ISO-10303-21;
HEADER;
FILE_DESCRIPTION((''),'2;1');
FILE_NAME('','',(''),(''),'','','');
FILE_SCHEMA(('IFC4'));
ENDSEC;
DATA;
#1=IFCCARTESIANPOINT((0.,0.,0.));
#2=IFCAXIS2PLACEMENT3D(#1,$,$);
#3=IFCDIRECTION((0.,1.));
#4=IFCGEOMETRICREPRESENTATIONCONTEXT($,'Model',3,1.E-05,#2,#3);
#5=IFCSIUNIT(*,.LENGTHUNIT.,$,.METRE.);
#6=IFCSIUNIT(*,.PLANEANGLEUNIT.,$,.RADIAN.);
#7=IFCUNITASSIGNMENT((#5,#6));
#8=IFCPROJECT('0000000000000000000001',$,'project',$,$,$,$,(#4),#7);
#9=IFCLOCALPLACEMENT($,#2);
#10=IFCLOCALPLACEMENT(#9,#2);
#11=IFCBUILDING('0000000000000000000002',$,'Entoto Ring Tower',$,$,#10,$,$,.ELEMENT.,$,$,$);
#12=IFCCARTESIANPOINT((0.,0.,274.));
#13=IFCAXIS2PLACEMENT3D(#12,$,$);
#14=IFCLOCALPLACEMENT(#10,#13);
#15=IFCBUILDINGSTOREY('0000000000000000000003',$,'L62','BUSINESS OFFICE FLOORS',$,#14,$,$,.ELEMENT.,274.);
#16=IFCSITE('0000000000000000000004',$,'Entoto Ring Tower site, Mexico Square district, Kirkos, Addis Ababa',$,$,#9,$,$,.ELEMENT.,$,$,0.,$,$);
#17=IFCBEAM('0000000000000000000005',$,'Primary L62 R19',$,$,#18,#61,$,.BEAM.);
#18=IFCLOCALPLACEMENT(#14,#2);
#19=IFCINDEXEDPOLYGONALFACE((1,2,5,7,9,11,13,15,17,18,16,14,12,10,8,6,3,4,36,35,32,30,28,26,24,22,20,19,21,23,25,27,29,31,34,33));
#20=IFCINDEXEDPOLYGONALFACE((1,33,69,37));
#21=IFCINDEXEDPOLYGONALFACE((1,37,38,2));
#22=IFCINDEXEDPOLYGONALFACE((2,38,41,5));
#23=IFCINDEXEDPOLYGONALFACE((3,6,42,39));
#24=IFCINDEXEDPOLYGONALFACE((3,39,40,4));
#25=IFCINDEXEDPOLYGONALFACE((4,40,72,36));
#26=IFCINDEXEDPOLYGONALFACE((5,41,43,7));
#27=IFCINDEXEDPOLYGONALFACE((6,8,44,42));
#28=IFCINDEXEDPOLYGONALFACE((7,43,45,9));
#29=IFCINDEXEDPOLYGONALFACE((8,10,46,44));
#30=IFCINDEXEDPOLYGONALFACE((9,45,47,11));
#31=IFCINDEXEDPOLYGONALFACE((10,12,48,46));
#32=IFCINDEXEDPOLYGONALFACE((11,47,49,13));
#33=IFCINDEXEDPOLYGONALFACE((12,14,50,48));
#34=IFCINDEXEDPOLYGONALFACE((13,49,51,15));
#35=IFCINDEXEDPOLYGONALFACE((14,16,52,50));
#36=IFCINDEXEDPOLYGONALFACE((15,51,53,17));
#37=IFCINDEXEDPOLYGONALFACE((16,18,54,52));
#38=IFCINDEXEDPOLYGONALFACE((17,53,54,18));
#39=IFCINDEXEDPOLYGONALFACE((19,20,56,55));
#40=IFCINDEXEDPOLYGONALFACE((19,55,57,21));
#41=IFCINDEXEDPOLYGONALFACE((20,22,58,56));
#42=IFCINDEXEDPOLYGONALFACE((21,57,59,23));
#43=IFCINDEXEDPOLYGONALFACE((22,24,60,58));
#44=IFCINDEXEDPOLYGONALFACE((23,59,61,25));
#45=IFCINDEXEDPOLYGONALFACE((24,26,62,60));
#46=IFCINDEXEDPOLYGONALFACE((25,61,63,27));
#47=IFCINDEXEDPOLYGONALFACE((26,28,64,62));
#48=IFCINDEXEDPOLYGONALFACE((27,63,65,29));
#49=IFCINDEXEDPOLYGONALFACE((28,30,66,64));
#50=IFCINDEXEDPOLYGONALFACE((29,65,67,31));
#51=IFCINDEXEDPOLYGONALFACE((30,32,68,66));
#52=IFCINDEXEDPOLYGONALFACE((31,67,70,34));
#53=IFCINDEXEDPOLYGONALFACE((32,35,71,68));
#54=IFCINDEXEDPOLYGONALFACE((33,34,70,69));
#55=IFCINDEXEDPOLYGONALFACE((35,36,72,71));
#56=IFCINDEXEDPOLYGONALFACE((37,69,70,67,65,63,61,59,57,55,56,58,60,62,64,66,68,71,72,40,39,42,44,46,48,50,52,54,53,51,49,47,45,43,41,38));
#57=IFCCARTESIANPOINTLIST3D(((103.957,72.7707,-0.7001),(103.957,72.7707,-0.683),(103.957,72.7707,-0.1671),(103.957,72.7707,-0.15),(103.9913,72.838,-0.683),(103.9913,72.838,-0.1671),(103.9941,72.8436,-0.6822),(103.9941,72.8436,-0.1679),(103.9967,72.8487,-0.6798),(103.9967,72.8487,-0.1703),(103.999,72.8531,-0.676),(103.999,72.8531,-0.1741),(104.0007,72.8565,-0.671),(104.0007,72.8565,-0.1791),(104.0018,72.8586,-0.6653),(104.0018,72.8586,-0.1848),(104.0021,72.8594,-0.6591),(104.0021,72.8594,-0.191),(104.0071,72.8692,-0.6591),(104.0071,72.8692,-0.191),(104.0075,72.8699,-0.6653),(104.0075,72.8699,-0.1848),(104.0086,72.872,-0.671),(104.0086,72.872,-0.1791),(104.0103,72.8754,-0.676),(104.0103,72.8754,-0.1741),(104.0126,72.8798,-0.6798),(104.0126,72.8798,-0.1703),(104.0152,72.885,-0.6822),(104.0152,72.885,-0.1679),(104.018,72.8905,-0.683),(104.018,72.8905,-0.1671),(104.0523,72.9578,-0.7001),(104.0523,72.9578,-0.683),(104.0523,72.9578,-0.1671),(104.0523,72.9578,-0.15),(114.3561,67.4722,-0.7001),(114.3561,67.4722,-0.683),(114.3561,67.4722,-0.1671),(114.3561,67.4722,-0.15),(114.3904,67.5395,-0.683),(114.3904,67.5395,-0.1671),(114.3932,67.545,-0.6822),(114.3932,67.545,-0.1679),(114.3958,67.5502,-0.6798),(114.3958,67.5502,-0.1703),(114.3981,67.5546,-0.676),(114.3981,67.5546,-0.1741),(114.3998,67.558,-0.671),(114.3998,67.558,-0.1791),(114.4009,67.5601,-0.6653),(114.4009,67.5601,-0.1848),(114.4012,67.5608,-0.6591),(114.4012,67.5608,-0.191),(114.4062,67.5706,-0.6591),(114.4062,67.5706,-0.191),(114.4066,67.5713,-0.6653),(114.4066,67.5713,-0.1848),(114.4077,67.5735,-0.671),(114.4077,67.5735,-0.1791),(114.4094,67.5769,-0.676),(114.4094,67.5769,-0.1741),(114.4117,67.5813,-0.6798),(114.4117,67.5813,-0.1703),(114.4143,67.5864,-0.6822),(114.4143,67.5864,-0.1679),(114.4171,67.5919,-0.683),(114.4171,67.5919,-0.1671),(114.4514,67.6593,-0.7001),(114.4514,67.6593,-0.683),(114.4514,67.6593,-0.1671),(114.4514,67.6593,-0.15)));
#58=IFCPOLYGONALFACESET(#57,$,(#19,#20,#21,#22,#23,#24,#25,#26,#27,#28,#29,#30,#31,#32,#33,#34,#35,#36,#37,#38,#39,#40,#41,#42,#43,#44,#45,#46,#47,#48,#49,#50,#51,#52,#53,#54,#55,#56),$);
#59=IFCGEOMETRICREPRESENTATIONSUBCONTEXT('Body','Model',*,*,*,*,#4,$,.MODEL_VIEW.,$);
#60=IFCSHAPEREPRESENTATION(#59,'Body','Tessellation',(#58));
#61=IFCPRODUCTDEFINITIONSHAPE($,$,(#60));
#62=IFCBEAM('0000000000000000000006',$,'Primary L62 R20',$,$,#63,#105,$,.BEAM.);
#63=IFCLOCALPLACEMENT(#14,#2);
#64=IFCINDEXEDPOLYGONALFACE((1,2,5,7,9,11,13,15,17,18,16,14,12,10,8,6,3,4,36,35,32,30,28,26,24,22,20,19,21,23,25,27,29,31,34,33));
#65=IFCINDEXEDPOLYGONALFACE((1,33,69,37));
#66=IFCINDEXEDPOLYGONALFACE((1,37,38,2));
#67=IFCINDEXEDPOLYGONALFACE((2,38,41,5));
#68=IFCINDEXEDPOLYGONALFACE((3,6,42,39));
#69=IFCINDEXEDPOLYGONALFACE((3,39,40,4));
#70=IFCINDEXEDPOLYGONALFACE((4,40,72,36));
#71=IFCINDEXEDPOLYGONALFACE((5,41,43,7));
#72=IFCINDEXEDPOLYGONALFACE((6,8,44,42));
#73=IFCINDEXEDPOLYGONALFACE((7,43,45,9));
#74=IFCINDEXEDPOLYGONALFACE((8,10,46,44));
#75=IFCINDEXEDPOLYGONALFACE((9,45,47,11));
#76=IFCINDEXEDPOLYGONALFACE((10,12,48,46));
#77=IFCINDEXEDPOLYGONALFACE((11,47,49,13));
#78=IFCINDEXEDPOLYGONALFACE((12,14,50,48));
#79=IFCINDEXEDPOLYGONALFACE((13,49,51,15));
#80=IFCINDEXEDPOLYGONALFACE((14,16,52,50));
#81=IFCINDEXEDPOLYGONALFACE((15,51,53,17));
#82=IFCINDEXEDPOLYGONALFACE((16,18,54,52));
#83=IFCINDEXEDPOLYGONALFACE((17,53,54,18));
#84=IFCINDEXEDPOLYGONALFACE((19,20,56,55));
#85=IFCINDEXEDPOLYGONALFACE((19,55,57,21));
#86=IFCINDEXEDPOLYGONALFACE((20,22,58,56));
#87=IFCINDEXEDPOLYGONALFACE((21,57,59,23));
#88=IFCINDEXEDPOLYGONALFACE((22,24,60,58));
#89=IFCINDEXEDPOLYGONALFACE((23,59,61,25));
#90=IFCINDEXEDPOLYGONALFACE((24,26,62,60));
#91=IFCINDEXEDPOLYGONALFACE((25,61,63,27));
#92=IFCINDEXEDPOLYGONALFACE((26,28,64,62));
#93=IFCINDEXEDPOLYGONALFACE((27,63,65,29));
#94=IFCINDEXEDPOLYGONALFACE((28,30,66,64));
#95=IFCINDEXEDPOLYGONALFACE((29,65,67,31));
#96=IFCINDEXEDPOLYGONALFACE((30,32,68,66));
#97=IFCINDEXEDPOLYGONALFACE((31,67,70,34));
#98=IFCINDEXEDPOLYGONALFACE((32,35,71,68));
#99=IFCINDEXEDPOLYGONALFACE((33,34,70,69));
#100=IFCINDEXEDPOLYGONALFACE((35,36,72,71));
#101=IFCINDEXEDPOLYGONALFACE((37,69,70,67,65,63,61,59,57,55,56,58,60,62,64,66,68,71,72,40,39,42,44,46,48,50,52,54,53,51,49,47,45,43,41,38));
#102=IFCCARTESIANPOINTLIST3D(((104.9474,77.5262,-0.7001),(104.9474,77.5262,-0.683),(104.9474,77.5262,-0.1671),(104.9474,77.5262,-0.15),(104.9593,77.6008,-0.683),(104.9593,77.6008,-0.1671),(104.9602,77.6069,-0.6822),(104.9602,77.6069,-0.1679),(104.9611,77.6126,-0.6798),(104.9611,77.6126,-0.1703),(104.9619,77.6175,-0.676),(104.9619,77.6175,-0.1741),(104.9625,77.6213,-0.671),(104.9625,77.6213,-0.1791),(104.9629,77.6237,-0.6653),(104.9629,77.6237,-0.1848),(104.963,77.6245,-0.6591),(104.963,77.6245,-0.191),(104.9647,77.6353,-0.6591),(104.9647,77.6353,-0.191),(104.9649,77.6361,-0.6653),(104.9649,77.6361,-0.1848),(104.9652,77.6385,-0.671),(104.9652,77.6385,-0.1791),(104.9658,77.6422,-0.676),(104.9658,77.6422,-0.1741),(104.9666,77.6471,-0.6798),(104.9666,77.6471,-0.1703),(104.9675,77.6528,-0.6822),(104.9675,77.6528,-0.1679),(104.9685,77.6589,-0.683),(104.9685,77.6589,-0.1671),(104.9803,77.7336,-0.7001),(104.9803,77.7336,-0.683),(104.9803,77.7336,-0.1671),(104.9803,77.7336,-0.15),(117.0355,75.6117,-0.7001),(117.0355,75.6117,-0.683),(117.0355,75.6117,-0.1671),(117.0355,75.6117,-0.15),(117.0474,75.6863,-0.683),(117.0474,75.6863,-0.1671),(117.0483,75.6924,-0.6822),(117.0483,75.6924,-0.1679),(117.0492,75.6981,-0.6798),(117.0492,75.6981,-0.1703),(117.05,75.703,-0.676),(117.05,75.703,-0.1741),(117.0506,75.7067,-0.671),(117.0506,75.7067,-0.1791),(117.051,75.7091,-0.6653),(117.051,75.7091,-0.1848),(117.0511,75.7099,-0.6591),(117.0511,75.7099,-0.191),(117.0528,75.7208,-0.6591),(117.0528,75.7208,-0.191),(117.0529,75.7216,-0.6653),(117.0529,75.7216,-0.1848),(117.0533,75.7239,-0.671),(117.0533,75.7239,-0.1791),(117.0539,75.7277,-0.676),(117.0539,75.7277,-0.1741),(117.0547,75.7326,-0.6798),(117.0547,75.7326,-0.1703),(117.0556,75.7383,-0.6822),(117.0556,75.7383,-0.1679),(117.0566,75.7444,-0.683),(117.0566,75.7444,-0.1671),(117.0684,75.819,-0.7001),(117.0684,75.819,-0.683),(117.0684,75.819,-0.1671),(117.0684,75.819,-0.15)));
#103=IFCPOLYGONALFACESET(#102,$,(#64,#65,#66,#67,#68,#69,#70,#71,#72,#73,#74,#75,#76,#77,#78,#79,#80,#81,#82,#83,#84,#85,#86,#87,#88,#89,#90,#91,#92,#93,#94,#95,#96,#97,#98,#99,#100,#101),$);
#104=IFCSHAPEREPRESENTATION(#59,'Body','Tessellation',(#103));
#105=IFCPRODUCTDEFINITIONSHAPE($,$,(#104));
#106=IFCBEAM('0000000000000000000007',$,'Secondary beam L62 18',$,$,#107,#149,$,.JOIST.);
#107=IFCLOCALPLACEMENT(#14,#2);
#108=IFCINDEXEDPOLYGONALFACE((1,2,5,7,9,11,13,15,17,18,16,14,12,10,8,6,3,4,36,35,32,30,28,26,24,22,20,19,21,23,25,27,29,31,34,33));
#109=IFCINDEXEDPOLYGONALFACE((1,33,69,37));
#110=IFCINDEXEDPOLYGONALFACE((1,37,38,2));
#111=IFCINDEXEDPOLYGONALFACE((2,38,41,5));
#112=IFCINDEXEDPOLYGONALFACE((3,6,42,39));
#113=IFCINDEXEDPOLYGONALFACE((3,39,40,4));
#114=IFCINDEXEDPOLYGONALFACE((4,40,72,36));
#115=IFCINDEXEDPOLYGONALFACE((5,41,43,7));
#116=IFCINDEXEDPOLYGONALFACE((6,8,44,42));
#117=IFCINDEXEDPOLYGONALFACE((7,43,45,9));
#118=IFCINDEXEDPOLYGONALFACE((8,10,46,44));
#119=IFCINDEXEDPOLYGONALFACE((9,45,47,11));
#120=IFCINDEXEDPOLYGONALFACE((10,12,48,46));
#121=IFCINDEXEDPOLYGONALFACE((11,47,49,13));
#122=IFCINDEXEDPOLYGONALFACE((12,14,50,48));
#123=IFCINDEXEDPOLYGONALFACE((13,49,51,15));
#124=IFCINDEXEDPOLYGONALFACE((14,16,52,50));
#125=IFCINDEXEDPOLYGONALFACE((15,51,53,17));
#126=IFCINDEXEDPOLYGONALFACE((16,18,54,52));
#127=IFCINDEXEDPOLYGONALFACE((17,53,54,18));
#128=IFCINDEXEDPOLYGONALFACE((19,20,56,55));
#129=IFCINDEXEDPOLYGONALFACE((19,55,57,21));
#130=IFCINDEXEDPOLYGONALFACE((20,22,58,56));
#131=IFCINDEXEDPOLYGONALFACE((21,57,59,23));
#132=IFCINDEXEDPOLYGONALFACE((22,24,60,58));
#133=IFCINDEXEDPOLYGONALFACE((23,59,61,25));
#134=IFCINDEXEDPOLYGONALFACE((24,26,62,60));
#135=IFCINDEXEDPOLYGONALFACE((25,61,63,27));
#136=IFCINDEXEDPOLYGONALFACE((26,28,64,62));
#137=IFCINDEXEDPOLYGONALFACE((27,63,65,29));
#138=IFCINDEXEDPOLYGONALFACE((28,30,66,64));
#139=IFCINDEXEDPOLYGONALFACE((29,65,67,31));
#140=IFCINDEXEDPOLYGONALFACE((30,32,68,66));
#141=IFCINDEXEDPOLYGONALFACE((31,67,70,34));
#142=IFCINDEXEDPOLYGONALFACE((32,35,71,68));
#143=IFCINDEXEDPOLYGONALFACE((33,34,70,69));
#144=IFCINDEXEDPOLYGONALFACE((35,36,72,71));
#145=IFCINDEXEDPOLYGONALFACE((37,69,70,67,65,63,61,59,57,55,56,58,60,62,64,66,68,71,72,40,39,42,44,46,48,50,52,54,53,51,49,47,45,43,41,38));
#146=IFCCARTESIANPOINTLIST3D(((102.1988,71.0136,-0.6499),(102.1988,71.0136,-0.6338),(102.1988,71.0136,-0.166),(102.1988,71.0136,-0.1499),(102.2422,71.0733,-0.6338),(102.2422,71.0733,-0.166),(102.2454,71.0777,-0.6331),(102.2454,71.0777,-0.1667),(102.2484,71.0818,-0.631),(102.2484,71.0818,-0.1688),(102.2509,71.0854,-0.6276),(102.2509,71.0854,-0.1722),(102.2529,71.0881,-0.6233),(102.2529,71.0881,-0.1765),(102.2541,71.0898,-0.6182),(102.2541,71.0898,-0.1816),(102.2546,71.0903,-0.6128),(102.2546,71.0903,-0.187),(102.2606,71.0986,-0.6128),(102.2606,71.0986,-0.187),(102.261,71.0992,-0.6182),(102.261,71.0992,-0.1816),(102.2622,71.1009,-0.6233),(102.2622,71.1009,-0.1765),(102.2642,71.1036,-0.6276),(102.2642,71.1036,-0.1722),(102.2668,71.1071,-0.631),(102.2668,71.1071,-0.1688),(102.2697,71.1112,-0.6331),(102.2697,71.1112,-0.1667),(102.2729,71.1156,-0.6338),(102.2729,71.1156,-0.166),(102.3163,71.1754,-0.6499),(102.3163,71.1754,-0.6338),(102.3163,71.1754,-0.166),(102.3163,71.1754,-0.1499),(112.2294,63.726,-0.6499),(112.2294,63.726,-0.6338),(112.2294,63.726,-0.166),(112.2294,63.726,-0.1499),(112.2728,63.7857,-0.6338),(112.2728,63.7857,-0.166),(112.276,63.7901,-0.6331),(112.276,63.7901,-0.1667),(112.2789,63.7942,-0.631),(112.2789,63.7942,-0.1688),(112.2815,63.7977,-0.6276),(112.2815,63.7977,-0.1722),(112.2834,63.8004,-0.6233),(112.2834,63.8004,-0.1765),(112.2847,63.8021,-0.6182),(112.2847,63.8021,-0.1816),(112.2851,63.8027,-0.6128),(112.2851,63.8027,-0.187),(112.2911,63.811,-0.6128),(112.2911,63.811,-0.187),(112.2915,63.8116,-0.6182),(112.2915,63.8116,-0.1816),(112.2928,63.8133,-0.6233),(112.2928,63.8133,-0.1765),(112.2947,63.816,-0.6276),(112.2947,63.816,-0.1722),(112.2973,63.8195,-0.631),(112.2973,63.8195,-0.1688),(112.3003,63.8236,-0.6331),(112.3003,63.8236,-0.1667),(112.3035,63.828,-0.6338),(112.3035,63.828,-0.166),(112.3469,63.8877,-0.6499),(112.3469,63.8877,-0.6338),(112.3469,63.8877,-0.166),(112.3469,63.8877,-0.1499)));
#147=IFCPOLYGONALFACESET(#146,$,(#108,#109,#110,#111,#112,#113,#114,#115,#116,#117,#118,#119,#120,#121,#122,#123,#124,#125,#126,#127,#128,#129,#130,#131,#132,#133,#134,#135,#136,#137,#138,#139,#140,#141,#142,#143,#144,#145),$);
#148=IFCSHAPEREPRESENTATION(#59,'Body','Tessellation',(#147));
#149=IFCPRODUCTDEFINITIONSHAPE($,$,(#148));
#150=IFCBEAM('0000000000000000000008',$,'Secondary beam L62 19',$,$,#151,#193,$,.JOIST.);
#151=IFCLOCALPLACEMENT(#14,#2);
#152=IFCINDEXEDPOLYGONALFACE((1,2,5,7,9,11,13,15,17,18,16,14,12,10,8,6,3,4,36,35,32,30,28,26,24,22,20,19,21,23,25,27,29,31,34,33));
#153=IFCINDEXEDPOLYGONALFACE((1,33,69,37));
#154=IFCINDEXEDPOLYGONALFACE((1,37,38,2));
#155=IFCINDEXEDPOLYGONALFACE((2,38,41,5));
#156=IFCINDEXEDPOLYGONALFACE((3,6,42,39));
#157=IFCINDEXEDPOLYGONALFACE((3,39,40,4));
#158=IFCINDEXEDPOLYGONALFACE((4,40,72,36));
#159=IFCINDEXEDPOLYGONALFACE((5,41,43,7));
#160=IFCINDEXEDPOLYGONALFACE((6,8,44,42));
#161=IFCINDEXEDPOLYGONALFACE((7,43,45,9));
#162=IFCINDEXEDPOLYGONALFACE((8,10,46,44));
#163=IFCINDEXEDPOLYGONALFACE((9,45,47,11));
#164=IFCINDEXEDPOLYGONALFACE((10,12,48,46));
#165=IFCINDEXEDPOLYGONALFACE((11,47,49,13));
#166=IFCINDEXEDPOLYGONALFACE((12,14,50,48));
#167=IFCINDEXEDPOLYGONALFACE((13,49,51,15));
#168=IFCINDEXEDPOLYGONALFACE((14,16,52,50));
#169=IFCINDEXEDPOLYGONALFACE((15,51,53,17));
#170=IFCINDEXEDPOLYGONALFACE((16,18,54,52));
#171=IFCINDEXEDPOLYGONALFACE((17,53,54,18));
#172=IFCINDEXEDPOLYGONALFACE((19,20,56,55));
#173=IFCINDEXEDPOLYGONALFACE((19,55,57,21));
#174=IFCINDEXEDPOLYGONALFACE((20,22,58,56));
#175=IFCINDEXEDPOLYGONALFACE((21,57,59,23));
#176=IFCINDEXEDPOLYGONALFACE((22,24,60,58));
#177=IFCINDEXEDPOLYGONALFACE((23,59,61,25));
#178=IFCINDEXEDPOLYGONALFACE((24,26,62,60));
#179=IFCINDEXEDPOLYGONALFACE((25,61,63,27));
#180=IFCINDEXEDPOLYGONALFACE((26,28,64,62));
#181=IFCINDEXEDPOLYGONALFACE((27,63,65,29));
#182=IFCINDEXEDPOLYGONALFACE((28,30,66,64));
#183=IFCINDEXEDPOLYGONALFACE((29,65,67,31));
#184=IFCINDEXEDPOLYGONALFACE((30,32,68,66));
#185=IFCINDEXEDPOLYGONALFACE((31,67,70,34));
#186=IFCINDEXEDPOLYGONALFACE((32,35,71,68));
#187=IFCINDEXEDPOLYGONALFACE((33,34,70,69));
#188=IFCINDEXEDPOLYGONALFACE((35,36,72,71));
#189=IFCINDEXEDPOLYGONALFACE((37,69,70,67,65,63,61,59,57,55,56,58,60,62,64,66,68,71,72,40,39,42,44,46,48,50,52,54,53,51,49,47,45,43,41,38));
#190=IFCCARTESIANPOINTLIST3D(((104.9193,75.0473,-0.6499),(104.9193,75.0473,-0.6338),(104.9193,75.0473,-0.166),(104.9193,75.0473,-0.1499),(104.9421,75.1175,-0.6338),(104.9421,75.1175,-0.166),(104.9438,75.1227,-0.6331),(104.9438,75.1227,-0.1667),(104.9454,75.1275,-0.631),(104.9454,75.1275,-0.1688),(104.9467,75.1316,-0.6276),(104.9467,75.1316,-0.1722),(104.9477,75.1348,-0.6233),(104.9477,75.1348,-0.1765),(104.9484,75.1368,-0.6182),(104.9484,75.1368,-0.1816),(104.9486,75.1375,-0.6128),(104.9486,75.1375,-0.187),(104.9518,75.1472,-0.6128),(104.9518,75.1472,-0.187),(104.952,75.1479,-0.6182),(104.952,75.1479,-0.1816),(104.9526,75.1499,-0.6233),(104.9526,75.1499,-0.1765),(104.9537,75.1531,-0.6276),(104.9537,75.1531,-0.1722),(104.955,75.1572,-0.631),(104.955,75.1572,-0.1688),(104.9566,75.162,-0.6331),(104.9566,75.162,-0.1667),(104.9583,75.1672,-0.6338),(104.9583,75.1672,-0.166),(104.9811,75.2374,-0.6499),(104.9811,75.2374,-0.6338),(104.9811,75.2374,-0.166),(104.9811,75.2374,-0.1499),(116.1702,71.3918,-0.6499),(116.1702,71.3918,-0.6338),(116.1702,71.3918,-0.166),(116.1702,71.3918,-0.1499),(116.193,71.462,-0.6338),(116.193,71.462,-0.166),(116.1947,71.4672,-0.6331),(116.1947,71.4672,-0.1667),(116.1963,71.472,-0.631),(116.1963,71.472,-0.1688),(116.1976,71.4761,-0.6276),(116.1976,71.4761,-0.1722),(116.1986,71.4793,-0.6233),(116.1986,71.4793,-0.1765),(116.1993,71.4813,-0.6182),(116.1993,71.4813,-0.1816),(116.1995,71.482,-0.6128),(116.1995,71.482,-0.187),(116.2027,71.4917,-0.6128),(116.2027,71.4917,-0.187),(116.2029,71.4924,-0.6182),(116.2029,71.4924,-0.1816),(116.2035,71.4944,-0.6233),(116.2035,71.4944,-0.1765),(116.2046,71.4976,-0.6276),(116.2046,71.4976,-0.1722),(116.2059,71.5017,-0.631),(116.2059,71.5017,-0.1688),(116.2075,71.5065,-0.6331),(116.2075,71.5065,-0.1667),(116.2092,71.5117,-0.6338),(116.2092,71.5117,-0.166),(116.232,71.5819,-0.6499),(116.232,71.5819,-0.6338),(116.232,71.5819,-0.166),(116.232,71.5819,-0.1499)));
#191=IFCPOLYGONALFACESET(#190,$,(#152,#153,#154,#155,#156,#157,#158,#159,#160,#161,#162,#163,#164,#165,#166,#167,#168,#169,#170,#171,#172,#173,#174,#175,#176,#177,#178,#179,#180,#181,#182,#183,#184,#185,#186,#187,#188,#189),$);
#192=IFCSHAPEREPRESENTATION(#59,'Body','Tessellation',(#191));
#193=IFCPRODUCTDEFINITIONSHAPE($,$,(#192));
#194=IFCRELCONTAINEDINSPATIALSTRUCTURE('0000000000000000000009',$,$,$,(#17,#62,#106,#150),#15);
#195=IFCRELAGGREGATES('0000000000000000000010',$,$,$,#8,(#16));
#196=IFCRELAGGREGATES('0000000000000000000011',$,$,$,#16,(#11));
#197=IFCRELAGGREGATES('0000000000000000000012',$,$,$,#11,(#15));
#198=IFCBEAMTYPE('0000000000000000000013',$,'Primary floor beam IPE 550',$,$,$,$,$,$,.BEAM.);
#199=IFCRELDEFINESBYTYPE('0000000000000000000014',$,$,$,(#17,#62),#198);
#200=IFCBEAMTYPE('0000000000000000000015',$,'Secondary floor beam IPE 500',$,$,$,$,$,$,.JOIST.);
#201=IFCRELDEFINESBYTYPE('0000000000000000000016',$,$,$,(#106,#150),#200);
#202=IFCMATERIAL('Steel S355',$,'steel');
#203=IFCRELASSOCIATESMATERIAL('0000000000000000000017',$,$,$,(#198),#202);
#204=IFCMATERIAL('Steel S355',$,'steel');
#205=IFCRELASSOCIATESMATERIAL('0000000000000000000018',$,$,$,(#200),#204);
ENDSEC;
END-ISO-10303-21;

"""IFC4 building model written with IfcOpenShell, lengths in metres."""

from ifc_helpers import new_model, si_unit, direction, frame, origin, origin_2d, place, context, subcontext, project, spatial, i_section, extrude, material, material_profile, profile_set, type_object, element, save


model = new_model("IFC4")

# Units and contexts
model_context = context("Model", 3, precision=1e-05, world=origin(), true_north=direction((0.0, 1.0)))
body_context = subcontext(model_context, "Body", "Model", "MODEL_VIEW")
ifc_project = project(units=[si_unit("LENGTHUNIT", "METRE"), si_unit("PLANEANGLEUNIT", "RADIAN")], contexts=[model_context])

# Site, building, storey
site_placement = place(None, origin())
site = spatial("IfcSite", under=ifc_project, at=site_placement, Name="Entoto Ring Tower site, Mexico Square district, Kirkos, Addis Ababa", CompositionType="ELEMENT", RefElevation=0.0)
building_placement = place(site_placement, origin())
building = spatial("IfcBuilding", under=site, at=building_placement, Name="Entoto Ring Tower", CompositionType="ELEMENT")
storey_placement = place(building_placement, frame((0.0, 0.0, 274.0)))
storey = spatial("IfcBuildingStorey", under=building, at=storey_placement, Name="L62", Description="BUSINESS OFFICE FLOORS", CompositionType="ELEMENT", Elevation=274.0)

# Beams
ifc_material_1 = material(Name="Steel S355", Category="steel")
ifc_material_profile_1 = material_profile(ifc_material_1, i_section(OverallWidth=0.21, OverallDepth=0.55, WebThickness=0.011, FlangeThickness=0.0171, FilletRadius=0.0239, at=origin_2d()), Name="IPE 550")
ifc_profile_set_1 = profile_set([ifc_material_profile_1], Name="Steel S355")
beam_type_1 = type_object("IfcBeamType", Name="Primary floor beam IPE 550", PredefinedType="BEAM", material=ifc_profile_set_1)
beam_1_placement = place(storey_placement, frame((104.0046, 72.8643, -0.425), z_axis=(0.891009, -0.453987, 0.0), x_axis=(0.453987, 0.891009, 0.0)))
element("IfcBeam", 1, at=beam_1_placement, inside=storey, type_object=beam_type_1, Name="Primary L62 R19", PredefinedType="BEAM", context=body_context, shape_type="SweptSolid", body=[
    extrude(i_section(OverallWidth=0.21, OverallDepth=0.55, WebThickness=0.011, FlangeThickness=0.0171, FilletRadius=0.0239, at=origin_2d()), origin(), (0.0, 0.0, 1.0), 11.6711),
])
beam_2_placement = place(storey_placement, frame((104.9639, 77.6299, -0.425), z_axis=(0.987689, -0.156433, 0.0), x_axis=(0.156433, 0.987689, 0.0)))
element("IfcBeam", 2, at=beam_2_placement, inside=storey, type_object=beam_type_1, Name="Primary L62 R20", PredefinedType="BEAM", context=body_context, shape_type="SweptSolid", body=[
    extrude(i_section(OverallWidth=0.21, OverallDepth=0.55, WebThickness=0.011, FlangeThickness=0.0171, FilletRadius=0.0239, at=origin_2d()), origin(), (0.0, 0.0, 1.0), 12.2388),
])
ifc_material_2 = material(Name="Steel S355", Category="steel")
ifc_material_profile_2 = material_profile(ifc_material_2, i_section(OverallWidth=0.2, OverallDepth=0.5, WebThickness=0.0103, FlangeThickness=0.0161, FilletRadius=0.021, at=origin_2d()), Name="IPE 500")
ifc_profile_set_2 = profile_set([ifc_material_profile_2], Name="Steel S355")
beam_type_2 = type_object("IfcBeamType", Name="Secondary floor beam IPE 500", PredefinedType="JOIST", material=ifc_profile_set_2)
beam_3_placement = place(storey_placement, frame((102.2576, 71.0945, -0.3999), z_axis=(0.809017, -0.587785, 0.0), x_axis=(0.587785, 0.809017, 0.0)))
element("IfcBeam", 3, at=beam_3_placement, inside=storey, type_object=beam_type_2, Name="Secondary beam L62 18", PredefinedType="JOIST", context=body_context, shape_type="SweptSolid", body=[
    extrude(i_section(OverallWidth=0.2, OverallDepth=0.5, WebThickness=0.0103, FlangeThickness=0.0161, FilletRadius=0.021, at=origin_2d()), origin(), (0.0, 0.0, 1.0), 12.3984),
])
beam_4_placement = place(storey_placement, frame((104.9502, 75.1423, -0.3999), z_axis=(0.95106, -0.309006, 0.0), x_axis=(0.309006, 0.95106, 0.0)))
element("IfcBeam", 4, at=beam_4_placement, inside=storey, type_object=beam_type_2, Name="Secondary beam L62 19", PredefinedType="JOIST", context=body_context, shape_type="SweptSolid", body=[
    extrude(i_section(OverallWidth=0.2, OverallDepth=0.5, WebThickness=0.0103, FlangeThickness=0.0161, FilletRadius=0.021, at=origin_2d()), origin(), (0.0, 0.0, 1.0), 11.8298),
])

save(model, "model.ifc")
